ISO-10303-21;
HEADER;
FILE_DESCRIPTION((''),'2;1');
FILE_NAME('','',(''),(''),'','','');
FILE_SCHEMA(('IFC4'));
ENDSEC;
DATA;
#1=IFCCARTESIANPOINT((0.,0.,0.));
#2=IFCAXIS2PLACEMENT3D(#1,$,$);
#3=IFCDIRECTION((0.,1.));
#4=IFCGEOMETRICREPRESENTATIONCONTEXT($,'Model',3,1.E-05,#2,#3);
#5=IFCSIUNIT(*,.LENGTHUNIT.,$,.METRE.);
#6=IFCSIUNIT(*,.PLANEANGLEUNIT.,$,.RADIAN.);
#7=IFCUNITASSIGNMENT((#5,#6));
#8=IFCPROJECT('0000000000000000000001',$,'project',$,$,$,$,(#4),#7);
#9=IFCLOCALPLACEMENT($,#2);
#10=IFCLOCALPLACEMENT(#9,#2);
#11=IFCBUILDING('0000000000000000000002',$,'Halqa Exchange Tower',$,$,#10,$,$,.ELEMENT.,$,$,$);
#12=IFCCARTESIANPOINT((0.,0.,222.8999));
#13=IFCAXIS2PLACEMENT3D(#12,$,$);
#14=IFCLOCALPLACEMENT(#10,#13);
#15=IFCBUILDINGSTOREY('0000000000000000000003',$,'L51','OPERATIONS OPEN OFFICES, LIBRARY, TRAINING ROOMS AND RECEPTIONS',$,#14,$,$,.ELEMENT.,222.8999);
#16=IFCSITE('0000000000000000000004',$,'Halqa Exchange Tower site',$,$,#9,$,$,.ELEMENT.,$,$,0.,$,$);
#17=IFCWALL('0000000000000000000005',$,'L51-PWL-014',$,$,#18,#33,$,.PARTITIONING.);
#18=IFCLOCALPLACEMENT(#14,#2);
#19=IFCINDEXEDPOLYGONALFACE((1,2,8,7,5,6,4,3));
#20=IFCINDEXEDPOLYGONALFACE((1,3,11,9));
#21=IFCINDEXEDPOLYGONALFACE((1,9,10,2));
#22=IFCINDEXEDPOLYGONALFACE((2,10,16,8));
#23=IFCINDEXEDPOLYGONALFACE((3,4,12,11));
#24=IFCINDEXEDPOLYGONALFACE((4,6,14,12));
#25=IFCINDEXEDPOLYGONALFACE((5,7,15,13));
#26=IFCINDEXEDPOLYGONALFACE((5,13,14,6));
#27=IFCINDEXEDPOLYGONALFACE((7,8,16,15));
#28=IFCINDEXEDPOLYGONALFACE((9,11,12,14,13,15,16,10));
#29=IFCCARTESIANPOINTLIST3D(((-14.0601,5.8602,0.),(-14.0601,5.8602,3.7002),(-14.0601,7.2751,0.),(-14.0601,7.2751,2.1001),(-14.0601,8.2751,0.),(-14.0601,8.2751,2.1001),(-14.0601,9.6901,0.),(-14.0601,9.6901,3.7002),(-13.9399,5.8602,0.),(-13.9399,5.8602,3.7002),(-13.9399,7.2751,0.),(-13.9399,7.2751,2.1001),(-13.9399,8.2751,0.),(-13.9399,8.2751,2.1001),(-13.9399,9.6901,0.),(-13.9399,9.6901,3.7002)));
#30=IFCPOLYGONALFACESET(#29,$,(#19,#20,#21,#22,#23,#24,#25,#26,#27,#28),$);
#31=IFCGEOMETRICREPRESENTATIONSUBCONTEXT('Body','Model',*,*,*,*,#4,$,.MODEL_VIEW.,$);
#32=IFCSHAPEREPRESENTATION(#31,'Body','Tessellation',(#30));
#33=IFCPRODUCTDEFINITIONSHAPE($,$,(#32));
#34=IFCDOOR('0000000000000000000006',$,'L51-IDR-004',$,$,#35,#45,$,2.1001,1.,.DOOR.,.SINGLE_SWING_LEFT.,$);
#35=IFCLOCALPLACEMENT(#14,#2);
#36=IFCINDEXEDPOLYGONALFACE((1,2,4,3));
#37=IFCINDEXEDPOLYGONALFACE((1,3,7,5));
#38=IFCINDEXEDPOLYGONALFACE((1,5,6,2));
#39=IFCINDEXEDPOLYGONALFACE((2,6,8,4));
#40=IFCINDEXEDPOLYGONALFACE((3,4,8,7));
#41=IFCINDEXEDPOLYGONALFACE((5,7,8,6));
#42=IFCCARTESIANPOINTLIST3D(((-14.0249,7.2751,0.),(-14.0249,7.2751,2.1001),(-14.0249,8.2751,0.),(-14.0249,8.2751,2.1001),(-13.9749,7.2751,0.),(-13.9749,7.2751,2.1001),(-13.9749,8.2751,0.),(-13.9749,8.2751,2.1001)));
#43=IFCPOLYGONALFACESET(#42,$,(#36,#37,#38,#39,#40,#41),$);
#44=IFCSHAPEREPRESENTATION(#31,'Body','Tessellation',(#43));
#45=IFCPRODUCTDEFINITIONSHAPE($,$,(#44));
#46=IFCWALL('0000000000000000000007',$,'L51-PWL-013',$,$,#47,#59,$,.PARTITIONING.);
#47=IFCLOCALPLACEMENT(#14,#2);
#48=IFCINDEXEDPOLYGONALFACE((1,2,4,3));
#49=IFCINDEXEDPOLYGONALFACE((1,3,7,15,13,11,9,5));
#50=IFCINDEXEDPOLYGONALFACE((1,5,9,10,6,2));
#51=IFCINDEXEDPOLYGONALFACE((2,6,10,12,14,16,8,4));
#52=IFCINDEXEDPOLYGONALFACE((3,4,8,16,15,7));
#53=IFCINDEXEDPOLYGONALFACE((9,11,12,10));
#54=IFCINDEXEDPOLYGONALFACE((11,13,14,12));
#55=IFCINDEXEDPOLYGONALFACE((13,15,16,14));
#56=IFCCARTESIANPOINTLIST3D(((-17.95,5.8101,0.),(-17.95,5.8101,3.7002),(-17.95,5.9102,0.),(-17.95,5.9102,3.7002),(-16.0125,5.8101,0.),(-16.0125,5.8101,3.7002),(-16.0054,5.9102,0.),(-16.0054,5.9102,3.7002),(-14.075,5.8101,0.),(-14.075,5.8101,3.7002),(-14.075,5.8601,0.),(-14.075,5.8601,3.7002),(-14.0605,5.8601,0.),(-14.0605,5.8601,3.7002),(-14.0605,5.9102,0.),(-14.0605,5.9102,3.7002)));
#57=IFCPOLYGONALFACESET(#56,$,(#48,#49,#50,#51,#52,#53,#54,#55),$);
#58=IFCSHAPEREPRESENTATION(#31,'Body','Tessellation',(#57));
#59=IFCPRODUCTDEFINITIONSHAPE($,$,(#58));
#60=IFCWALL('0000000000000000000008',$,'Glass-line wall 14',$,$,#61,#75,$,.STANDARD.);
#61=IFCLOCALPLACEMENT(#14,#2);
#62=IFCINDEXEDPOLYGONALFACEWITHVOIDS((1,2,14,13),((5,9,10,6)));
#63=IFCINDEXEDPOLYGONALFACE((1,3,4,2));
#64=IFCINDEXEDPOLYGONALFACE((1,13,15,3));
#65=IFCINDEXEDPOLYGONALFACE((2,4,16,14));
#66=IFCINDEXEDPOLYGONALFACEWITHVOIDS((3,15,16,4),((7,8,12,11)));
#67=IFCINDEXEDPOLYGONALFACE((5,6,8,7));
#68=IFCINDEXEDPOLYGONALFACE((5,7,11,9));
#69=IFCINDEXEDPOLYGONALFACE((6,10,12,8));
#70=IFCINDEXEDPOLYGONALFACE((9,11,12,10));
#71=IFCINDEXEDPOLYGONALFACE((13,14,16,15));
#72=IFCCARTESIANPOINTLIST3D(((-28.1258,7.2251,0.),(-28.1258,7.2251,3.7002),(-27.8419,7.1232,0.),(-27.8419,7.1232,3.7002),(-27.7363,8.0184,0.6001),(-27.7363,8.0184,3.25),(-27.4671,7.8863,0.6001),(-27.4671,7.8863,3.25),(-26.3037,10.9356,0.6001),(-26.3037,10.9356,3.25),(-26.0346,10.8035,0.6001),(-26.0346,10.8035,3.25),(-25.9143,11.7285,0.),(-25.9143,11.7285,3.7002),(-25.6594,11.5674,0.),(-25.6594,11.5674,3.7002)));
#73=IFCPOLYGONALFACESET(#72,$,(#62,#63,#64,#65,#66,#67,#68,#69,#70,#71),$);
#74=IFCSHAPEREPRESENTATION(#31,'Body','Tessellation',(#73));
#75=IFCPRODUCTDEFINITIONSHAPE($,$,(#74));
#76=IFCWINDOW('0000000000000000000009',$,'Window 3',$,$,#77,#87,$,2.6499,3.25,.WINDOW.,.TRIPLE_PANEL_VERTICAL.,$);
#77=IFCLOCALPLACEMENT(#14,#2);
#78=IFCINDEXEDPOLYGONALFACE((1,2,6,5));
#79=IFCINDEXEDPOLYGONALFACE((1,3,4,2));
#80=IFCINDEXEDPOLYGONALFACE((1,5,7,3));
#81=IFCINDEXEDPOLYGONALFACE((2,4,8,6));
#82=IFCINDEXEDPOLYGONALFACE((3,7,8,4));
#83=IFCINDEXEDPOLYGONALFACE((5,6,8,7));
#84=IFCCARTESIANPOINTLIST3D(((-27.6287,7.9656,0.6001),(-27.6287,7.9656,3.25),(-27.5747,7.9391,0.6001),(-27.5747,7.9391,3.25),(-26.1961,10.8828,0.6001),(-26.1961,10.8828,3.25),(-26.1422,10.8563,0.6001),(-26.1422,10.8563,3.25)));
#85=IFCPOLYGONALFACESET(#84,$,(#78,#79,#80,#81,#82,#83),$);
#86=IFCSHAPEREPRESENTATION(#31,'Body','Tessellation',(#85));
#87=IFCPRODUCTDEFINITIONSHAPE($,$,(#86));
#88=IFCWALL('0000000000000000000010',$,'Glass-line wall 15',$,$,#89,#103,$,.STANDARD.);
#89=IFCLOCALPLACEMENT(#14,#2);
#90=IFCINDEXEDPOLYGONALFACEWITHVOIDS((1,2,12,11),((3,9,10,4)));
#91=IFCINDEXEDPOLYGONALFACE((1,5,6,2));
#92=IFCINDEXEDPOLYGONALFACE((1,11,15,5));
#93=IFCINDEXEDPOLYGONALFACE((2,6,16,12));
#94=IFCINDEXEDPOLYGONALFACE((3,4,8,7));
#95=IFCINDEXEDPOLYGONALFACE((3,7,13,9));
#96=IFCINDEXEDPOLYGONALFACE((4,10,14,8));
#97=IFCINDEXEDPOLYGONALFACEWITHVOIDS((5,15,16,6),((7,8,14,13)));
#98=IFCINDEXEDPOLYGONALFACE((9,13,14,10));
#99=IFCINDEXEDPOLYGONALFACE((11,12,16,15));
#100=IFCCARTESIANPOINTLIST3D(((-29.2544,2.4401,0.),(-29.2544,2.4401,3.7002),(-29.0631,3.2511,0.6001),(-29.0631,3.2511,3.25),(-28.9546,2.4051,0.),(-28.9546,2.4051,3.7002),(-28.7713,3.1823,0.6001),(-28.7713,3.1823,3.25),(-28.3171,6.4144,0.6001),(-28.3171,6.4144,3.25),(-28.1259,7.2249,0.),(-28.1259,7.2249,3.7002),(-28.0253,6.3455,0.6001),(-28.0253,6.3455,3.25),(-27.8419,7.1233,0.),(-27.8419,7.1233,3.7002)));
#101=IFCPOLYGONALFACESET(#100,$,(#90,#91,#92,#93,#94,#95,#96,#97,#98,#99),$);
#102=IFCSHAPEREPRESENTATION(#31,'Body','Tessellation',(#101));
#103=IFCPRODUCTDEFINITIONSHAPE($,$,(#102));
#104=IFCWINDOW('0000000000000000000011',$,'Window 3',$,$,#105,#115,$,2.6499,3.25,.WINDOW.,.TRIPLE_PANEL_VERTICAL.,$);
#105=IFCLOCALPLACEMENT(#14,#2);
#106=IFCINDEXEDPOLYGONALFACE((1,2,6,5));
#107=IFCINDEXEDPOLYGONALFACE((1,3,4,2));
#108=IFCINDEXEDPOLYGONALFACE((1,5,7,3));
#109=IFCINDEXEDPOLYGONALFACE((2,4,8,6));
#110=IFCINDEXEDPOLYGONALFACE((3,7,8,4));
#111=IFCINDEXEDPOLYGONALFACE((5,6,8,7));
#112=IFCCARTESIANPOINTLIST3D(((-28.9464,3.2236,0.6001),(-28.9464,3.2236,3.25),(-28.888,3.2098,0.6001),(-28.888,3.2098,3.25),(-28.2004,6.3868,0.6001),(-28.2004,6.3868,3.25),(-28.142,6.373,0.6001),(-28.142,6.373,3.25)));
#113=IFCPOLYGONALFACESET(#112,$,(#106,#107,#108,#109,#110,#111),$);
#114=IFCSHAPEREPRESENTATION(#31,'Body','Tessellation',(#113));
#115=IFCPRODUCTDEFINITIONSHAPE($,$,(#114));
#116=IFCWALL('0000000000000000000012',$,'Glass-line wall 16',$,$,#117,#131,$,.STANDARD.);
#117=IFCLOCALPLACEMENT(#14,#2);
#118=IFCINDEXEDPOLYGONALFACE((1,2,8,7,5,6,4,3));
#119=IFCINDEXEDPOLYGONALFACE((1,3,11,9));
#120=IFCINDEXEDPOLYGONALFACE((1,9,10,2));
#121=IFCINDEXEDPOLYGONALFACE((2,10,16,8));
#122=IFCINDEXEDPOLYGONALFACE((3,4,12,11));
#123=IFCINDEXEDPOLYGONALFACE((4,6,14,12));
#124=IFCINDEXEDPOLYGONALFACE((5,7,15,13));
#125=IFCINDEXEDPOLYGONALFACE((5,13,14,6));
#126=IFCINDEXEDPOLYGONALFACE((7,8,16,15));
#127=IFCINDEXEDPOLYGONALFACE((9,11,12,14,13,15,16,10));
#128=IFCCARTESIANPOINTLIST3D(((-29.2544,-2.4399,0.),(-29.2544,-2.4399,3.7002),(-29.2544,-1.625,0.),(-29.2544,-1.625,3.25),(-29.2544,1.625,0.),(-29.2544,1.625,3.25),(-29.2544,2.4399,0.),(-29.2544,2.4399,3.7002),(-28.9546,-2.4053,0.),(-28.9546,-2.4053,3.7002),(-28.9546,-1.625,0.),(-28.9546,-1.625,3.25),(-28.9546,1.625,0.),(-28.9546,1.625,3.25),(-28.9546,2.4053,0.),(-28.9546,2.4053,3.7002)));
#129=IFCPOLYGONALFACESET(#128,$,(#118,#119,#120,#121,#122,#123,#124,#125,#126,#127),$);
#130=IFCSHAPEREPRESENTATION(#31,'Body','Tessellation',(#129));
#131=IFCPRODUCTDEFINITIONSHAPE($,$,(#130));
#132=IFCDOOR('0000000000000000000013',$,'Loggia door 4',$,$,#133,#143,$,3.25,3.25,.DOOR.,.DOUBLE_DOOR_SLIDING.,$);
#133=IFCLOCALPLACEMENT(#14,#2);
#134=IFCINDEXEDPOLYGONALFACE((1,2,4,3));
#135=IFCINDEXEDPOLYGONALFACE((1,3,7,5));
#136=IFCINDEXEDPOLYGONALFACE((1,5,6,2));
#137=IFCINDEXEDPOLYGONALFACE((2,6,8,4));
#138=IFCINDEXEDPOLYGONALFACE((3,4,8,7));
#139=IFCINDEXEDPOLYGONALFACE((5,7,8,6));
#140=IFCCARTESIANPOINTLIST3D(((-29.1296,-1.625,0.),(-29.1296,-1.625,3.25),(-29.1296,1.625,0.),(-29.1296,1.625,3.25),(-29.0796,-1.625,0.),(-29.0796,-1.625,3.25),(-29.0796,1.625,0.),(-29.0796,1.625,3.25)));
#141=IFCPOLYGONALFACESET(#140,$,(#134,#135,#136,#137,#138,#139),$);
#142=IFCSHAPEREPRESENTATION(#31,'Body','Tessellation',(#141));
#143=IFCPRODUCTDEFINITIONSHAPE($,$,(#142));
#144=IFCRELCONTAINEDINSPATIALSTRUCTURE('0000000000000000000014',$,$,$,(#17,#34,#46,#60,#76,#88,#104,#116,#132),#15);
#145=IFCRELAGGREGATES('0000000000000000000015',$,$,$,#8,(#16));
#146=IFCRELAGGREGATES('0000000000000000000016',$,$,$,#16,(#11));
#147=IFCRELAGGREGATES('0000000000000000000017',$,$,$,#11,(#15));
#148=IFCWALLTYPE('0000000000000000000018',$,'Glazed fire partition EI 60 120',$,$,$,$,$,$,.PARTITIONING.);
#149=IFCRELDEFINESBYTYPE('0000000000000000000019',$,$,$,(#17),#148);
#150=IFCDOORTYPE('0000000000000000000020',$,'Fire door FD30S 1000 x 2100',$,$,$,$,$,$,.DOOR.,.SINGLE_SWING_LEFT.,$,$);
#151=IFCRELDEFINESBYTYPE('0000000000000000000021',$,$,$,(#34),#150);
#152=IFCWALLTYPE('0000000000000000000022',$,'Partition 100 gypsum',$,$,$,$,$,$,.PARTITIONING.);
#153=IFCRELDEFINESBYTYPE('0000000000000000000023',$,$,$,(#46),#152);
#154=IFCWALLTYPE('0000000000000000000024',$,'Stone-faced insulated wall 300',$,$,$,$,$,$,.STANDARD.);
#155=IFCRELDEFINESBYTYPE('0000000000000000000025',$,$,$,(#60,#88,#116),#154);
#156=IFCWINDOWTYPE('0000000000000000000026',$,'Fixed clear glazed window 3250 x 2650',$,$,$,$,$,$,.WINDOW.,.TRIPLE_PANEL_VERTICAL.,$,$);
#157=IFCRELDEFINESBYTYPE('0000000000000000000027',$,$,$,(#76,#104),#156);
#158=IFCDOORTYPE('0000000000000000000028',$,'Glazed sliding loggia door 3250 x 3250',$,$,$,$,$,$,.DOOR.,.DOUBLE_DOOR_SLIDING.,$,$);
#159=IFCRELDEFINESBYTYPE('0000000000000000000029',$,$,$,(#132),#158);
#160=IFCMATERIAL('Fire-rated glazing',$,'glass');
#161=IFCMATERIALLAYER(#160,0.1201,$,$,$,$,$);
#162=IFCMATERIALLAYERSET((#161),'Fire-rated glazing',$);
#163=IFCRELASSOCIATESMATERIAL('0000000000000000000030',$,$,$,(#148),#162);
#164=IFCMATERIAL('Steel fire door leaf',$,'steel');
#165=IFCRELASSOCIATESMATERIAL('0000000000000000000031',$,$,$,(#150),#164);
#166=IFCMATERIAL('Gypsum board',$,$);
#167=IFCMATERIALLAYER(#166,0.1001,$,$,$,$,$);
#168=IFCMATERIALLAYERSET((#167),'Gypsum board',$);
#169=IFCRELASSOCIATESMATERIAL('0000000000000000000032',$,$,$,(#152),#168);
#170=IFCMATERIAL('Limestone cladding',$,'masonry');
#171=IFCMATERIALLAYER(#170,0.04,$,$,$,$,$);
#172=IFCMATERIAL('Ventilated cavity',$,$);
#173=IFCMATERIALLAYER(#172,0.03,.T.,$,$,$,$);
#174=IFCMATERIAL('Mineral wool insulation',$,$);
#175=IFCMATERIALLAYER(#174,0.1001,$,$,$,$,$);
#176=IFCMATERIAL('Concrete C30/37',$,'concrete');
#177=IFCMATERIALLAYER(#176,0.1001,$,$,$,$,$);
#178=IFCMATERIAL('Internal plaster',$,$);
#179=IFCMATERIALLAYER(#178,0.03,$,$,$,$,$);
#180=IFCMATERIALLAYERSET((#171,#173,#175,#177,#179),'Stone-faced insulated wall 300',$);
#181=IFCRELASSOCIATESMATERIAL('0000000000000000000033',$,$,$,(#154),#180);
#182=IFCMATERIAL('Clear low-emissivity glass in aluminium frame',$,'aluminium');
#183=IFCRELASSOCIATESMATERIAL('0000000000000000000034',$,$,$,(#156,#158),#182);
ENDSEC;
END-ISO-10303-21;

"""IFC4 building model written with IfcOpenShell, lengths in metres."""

from ifc_helpers import new_model, si_unit, direction, frame, frame_2d, origin, place, context, subcontext, project, spatial, polyline, rectangle, outline, extrude, material, layer, layer_set, type_object, element, fill, save


model = new_model("IFC4")

# Units and contexts
model_context = context("Model", 3, precision=1e-05, world=origin(), true_north=direction((0.0, 1.0)))
body_context = subcontext(model_context, "Body", "Model", "MODEL_VIEW")
ifc_project = project(units=[si_unit("LENGTHUNIT", "METRE"), si_unit("PLANEANGLEUNIT", "RADIAN")], contexts=[model_context])

# Site, building, storey
site_placement = place(None, origin())
site = spatial("IfcSite", under=ifc_project, at=site_placement, Name="Halqa Exchange Tower site", CompositionType="ELEMENT", RefElevation=0.0)
building_placement = place(site_placement, origin())
building = spatial("IfcBuilding", under=site, at=building_placement, Name="Halqa Exchange Tower", CompositionType="ELEMENT")
storey_placement = place(building_placement, frame((0.0, 0.0, 222.8999)))
storey = spatial("IfcBuildingStorey", under=building, at=storey_placement, Name="L51", Description="OPERATIONS OPEN OFFICES, LIBRARY, TRAINING ROOMS AND RECEPTIONS", CompositionType="ELEMENT", Elevation=222.8999)

# Wall, opening, door
ifc_material_1 = material(Name="Fire-rated glazing", Category="glass")
ifc_layer_1 = layer(ifc_material_1, 0.1201)
ifc_layer_set_1 = layer_set([ifc_layer_1], Name="Fire-rated glazing")
wall_type_1 = type_object("IfcWallType", Name="Glazed fire partition EI 60 120", PredefinedType="PARTITIONING", material=ifc_layer_set_1)
wall_1_placement = place(storey_placement, frame((-14.0, 5.8601, 0.0), z_axis=(0.0, 0.0, 1.0), x_axis=(0.0, 1.0, 0.0)))
wall_1 = element("IfcWall", 1, at=wall_1_placement, inside=storey, type_object=wall_type_1, Name="L51-PWL-014", PredefinedType="PARTITIONING", context=body_context, shape_type="SweptSolid", body=[
    extrude(rectangle(XDim=3.8298, YDim=0.1201, at=frame_2d((1.915, 0.0))), origin(), (0.0, 0.0, 1.0), 3.7002),
])
opening_1_placement = place(wall_1_placement, frame((1.415, 0.0, 0.0)))
opening_1 = element("IfcOpeningElement", 2, at=opening_1_placement, cuts=wall_1, PredefinedType="OPENING", context=body_context, shape_type="SweptSolid", body=[
    extrude(rectangle(XDim=1.0, YDim=2.1001, at=frame_2d((0.5, 1.05))), frame((0.0, 0.072, 0.0), z_axis=(0.0, -1.0, 0.0), x_axis=(1.0, 0.0, 0.0)), (0.0, 0.0, 1.0), 0.144),
])
ifc_material_2 = material(Name="Steel fire door leaf", Category="steel")
door_type_1 = type_object("IfcDoorType", Name="Fire door FD30S 1000 x 2100", OperationType="SINGLE_SWING_LEFT", PredefinedType="DOOR", material=ifc_material_2)
door_1_placement = place(opening_1_placement, origin())
door_1 = element("IfcDoor", 3, at=door_1_placement, inside=storey, type_object=door_type_1, Name="L51-IDR-004", OperationType="SINGLE_SWING_LEFT", OverallHeight=2.1001, OverallWidth=1.0, PredefinedType="DOOR", context=body_context, shape_type="SweptSolid", body=[
    extrude(rectangle(XDim=1.0, YDim=2.1001, at=frame_2d((0.5, 1.05))), frame((0.0, 0.0249, 0.0), z_axis=(0.0, -1.0, 0.0), x_axis=(1.0, 0.0, 0.0)), (0.0, 0.0, 1.0), 0.05),
])
fill(opening_1, door_1)
ifc_material_3 = material(Name="Gypsum board")
ifc_layer_2 = layer(ifc_material_3, 0.1001)
ifc_layer_set_2 = layer_set([ifc_layer_2], Name="Gypsum board")
wall_type_2 = type_object("IfcWallType", Name="Partition 100 gypsum", PredefinedType="PARTITIONING", material=ifc_layer_set_2)

# Wall
wall_2_placement = place(storey_placement, frame((-14.0605, 5.8601, 0.0), z_axis=(0.0, 0.0, 1.0), x_axis=(-1.0, 0.0, 0.0)))
element("IfcWall", 4, at=wall_2_placement, inside=storey, type_object=wall_type_2, Name="L51-PWL-013", PredefinedType="PARTITIONING", context=body_context, shape_type="SweptSolid", body=[
    extrude(outline(polyline([(3.8894, 0.05), (1.9519, 0.05), (0.0144, 0.05), (0.0144, 0.0), (0.0, 0.0), (0.0, -0.05), (1.9448, -0.05), (3.8894, -0.05), (3.8894, 0.05)])), origin(), (0.0, 0.0, 1.0), 3.7002),
])

# Walls, openings, windows
ifc_material_4 = material(Name="Limestone cladding", Category="masonry")
ifc_layer_3 = layer(ifc_material_4, 0.04)
ifc_material_5 = material(Name="Ventilated cavity")
ifc_layer_4 = layer(ifc_material_5, 0.03, ventilated=True)
ifc_material_6 = material(Name="Mineral wool insulation")
ifc_layer_5 = layer(ifc_material_6, 0.1001)
ifc_material_7 = material(Name="Concrete C30/37", Category="concrete")
ifc_layer_6 = layer(ifc_material_7, 0.1001)
ifc_material_8 = material(Name="Internal plaster")
ifc_layer_7 = layer(ifc_material_8, 0.03)
ifc_layer_set_3 = layer_set([ifc_layer_3, ifc_layer_4, ifc_layer_5, ifc_layer_6, ifc_layer_7], Name="Stone-faced insulated wall 300")
wall_type_3 = type_object("IfcWallType", Name="Stone-faced insulated wall 300", PredefinedType="STANDARD", material=ifc_layer_set_3)
wall_3_placement = place(storey_placement, frame((-25.7869, 11.6479, 0.0), z_axis=(0.0, 0.0, 1.0), x_axis=(-0.440795, -0.897608, 0.0)))
wall_3 = element("IfcWall", 5, at=wall_3_placement, inside=storey, type_object=wall_type_3, Name="Glass-line wall 14", PredefinedType="STANDARD", context=body_context, shape_type="SweptSolid", body=[
    extrude(outline(polyline([(-0.0161, -0.1499), (5.001, -0.1499), (4.9673, 0.1499), (0.0161, 0.1499), (-0.0161, -0.1499)])), origin(), (0.0, 0.0, 1.0), 3.7002),
])
opening_2_placement = place(wall_3_placement, frame((0.8672, 0.0, 0.6001)))
opening_2 = element("IfcOpeningElement", 6, at=opening_2_placement, cuts=wall_3, PredefinedType="OPENING", context=body_context, shape_type="SweptSolid", body=[
    extrude(rectangle(XDim=3.25, YDim=2.6499, at=frame_2d((1.625, 1.325))), frame((0.0, 0.1621, 0.0), z_axis=(0.0, -1.0, 0.0), x_axis=(1.0, 0.0, 0.0)), (0.0, 0.0, 1.0), 0.324),
])
ifc_material_9 = material(Name="Clear low-emissivity glass in aluminium frame", Category="aluminium")
window_type = type_object("IfcWindowType", Name="Fixed clear glazed window 3250 x 2650", PartitioningType="TRIPLE_PANEL_VERTICAL", PredefinedType="WINDOW", material=ifc_material_9)
window_1_placement = place(opening_2_placement, origin())
window_1 = element("IfcWindow", 7, at=window_1_placement, inside=storey, type_object=window_type, Name="Window 3", OverallHeight=2.6499, OverallWidth=3.25, PartitioningType="TRIPLE_PANEL_VERTICAL", PredefinedType="WINDOW", context=body_context, shape_type="SweptSolid", body=[
    extrude(rectangle(XDim=3.25, YDim=2.6499, at=frame_2d((1.625, 1.325))), frame((0.0, 0.03, 0.0), z_axis=(0.0, -1.0, 0.0), x_axis=(1.0, 0.0, 0.0)), (0.0, 0.0, 1.0), 0.0601),
])
fill(opening_2, window_1)
wall_4_placement = place(storey_placement, frame((-27.9839, 7.1741, 0.0), z_axis=(0.0, 0.0, 1.0), x_axis=(-0.229547, -0.973298, 0.0)))
wall_4 = element("IfcWall", 8, at=wall_4_placement, inside=storey, type_object=wall_type_3, Name="Glass-line wall 15", PredefinedType="STANDARD", context=body_context, shape_type="SweptSolid", body=[
    extrude(outline(polyline([(-0.0168, -0.1499), (4.8992, -0.1499), (4.8645, 0.1499), (0.0168, 0.1499), (-0.0168, -0.1499)])), origin(), (0.0, 0.0, 1.0), 3.7002),
])
opening_3_placement = place(wall_4_placement, frame((0.8159, 0.0, 0.6001)))
opening_3 = element("IfcOpeningElement", 9, at=opening_3_placement, cuts=wall_4, PredefinedType="OPENING", context=body_context, shape_type="SweptSolid", body=[
    extrude(rectangle(XDim=3.25, YDim=2.6499, at=frame_2d((1.625, 1.325))), frame((0.0, 0.1621, 0.0), z_axis=(0.0, -1.0, 0.0), x_axis=(1.0, 0.0, 0.0)), (0.0, 0.0, 1.0), 0.324),
])
window_2_placement = place(opening_3_placement, origin())
window_2 = element("IfcWindow", 10, at=window_2_placement, inside=storey, type_object=window_type, Name="Window 3", OverallHeight=2.6499, OverallWidth=3.25, PartitioningType="TRIPLE_PANEL_VERTICAL", PredefinedType="WINDOW", context=body_context, shape_type="SweptSolid", body=[
    extrude(rectangle(XDim=3.25, YDim=2.6499, at=frame_2d((1.625, 1.325))), frame((0.0, 0.03, 0.0), z_axis=(0.0, -1.0, 0.0), x_axis=(1.0, 0.0, 0.0)), (0.0, 0.0, 1.0), 0.0601),
])
fill(opening_3, window_2)

# Wall, opening, door
wall_5_placement = place(storey_placement, frame((-29.1045, 2.4226, 0.0), z_axis=(0.0, 0.0, 1.0), x_axis=(0.0, -1.0, 0.0)))
wall_5 = element("IfcWall", 11, at=wall_5_placement, inside=storey, type_object=wall_type_3, Name="Glass-line wall 16", PredefinedType="STANDARD", context=body_context, shape_type="SweptSolid", body=[
    extrude(outline(polyline([(-0.0173, -0.1499), (4.8625, -0.1499), (4.8279, 0.1499), (0.0173, 0.1499), (-0.0173, -0.1499)])), origin(), (0.0, 0.0, 1.0), 3.7002),
])
opening_4_placement = place(wall_5_placement, frame((0.7976, 0.0, 0.0)))
opening_4 = element("IfcOpeningElement", 12, at=opening_4_placement, cuts=wall_5, PredefinedType="OPENING", context=body_context, shape_type="SweptSolid", body=[
    extrude(rectangle(XDim=3.25, YDim=3.25, at=frame_2d((1.625, 1.625))), frame((0.0, 0.1621, 0.0), z_axis=(0.0, -1.0, 0.0), x_axis=(1.0, 0.0, 0.0)), (0.0, 0.0, 1.0), 0.324),
])
door_type_2 = type_object("IfcDoorType", Name="Glazed sliding loggia door 3250 x 3250", OperationType="DOUBLE_DOOR_SLIDING", PredefinedType="DOOR", material=ifc_material_9)
door_2_placement = place(opening_4_placement, origin())
door_2 = element("IfcDoor", 13, at=door_2_placement, inside=storey, type_object=door_type_2, Name="Loggia door 4", OperationType="DOUBLE_DOOR_SLIDING", OverallHeight=3.25, OverallWidth=3.25, PredefinedType="DOOR", context=body_context, shape_type="SweptSolid", body=[
    extrude(rectangle(XDim=3.25, YDim=3.25, at=frame_2d((1.625, 1.625))), frame((0.0, 0.0249, 0.0), z_axis=(0.0, -1.0, 0.0), x_axis=(1.0, 0.0, 0.0)), (0.0, 0.0, 1.0), 0.05),
])
fill(opening_4, door_2)

save(model, "model.ifc")
